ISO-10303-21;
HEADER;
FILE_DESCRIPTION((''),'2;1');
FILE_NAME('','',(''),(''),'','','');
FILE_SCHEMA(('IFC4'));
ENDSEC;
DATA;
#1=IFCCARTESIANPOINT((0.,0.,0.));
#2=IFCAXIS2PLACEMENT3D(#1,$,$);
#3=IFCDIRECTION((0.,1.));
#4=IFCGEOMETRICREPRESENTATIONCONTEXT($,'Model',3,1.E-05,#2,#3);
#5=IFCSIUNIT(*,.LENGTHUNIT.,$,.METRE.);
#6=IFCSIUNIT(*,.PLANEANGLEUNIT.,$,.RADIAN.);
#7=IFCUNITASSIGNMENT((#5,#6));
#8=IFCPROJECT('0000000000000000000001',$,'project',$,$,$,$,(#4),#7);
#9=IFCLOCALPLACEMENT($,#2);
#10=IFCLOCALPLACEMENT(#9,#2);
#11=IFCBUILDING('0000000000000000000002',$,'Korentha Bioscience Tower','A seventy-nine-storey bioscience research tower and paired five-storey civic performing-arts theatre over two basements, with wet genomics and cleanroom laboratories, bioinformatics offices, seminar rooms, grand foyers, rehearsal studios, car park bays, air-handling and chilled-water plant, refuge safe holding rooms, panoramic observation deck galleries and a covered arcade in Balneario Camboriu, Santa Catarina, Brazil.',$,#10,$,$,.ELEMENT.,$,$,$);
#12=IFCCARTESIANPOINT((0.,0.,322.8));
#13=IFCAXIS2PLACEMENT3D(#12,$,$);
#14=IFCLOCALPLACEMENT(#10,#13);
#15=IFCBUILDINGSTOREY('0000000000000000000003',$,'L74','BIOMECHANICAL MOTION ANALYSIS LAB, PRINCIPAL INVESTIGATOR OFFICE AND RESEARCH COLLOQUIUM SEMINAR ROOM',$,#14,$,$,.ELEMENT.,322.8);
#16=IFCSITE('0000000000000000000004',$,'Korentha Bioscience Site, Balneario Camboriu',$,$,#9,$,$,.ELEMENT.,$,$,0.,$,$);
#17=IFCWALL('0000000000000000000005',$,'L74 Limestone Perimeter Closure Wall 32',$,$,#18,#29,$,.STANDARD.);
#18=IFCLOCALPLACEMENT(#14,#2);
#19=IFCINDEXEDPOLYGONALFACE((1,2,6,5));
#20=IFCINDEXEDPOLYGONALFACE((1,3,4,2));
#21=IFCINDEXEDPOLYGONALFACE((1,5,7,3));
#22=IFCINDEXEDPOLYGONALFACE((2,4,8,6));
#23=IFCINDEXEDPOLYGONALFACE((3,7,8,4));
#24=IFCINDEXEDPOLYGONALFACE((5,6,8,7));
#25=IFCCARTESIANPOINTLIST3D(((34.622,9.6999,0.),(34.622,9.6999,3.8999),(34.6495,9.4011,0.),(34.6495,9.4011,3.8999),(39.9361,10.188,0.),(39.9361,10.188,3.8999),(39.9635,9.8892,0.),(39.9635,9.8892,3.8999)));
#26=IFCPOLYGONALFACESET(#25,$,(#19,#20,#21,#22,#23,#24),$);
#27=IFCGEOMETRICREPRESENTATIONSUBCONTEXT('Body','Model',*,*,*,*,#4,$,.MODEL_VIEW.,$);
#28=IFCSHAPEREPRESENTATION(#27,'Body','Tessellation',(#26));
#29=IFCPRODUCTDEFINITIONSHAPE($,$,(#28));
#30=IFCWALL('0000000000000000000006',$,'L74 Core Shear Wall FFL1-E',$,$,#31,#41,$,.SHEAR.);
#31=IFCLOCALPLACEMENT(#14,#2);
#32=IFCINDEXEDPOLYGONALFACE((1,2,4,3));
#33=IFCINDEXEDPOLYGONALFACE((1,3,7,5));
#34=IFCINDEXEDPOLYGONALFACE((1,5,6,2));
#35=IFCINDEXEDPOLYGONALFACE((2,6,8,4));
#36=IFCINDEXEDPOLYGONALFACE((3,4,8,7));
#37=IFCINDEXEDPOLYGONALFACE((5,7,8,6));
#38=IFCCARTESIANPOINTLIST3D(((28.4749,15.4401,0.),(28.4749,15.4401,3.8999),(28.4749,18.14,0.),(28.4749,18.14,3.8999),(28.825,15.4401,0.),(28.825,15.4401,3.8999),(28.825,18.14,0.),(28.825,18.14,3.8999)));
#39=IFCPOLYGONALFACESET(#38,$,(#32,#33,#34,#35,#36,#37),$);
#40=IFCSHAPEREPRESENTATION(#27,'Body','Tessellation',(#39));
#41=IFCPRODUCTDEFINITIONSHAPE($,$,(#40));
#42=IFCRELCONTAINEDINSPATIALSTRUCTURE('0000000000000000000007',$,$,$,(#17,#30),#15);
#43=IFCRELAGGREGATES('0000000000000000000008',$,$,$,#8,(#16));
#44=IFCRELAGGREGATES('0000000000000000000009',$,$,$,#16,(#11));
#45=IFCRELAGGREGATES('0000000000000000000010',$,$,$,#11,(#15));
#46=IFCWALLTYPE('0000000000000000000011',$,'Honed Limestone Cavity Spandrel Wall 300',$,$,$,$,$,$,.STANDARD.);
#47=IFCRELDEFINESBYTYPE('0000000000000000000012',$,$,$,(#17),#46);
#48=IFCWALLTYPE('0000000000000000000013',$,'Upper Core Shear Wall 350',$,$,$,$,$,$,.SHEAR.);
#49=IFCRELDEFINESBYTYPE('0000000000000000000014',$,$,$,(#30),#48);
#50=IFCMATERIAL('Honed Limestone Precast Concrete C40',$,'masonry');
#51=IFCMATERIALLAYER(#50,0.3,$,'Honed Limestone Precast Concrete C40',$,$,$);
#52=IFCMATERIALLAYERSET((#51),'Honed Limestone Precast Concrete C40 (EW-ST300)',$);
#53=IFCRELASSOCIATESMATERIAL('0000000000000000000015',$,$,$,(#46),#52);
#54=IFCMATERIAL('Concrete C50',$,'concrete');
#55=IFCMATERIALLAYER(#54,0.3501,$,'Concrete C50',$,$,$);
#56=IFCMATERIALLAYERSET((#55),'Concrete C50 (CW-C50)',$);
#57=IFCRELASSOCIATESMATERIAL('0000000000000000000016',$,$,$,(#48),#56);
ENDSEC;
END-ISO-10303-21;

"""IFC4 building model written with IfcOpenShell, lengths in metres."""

from ifc_helpers import new_model, si_unit, direction, frame, frame_2d, origin, place, context, subcontext, project, spatial, rectangle, extrude, material, layer, layer_set, type_object, element, save


model = new_model("IFC4")

# Units and contexts
model_context = context("Model", 3, precision=1e-05, world=origin(), true_north=direction((0.0, 1.0)))
body_context = subcontext(model_context, "Body", "Model", "MODEL_VIEW")
ifc_project = project(units=[si_unit("LENGTHUNIT", "METRE"), si_unit("PLANEANGLEUNIT", "RADIAN")], contexts=[model_context])

# Site, building, storey
site_placement = place(None, origin())
site = spatial("IfcSite", under=ifc_project, at=site_placement, Name="Korentha Bioscience Site, Balneario Camboriu", CompositionType="ELEMENT", RefElevation=0.0)
building_placement = place(site_placement, origin())
building = spatial("IfcBuilding", under=site, at=building_placement, Name="Korentha Bioscience Tower", Description="A seventy-nine-storey bioscience research tower and paired five-storey civic performing-arts theatre over two basements, with wet genomics and cleanroom laboratories, bioinformatics offices, seminar rooms, grand foyers, rehearsal studios, car park bays, air-handling and chilled-water plant, refuge safe holding rooms, panoramic observation deck galleries and a covered arcade in Balneario Camboriu, Santa Catarina, Brazil.", CompositionType="ELEMENT")
storey_placement = place(building_placement, frame((0.0, 0.0, 322.8)))
storey = spatial("IfcBuildingStorey", under=building, at=storey_placement, Name="L74", Description="BIOMECHANICAL MOTION ANALYSIS LAB, PRINCIPAL INVESTIGATOR OFFICE AND RESEARCH COLLOQUIUM SEMINAR ROOM", CompositionType="ELEMENT", Elevation=322.8)

# Shared definitions
ifc_material_1 = material(Name="Concrete C50", Category="concrete")

# Wall
ifc_material_2 = material(Name="Honed Limestone Precast Concrete C40", Category="masonry")
ifc_layer_1 = layer(ifc_material_2, 0.3, Name="Honed Limestone Precast Concrete C40")
ifc_layer_set_1 = layer_set([ifc_layer_1], Name="Honed Limestone Precast Concrete C40 (EW-ST300)")
wall_type_1 = type_object("IfcWallType", Name="Honed Limestone Cavity Spandrel Wall 300", PredefinedType="STANDARD", material=ifc_layer_set_1)
wall_1_placement = place(storey_placement, frame((34.6357, 9.5505, 0.0), z_axis=(0.0, 0.0, 1.0), x_axis=(0.995809, 0.091456, 0.0)))
element("IfcWall", 1, at=wall_1_placement, inside=storey, type_object=wall_type_1, Name="L74 Limestone Perimeter Closure Wall 32", PredefinedType="STANDARD", context=body_context, shape_type="SweptSolid", body=[
    extrude(rectangle(XDim=5.3364, YDim=0.3, at=frame_2d((2.6682, 0.0))), origin(), (0.0, 0.0, 1.0), 3.8999),
])

# Shared definitions
ifc_layer_2 = layer(ifc_material_1, 0.3501, Name="Concrete C50")
ifc_layer_set_2 = layer_set([ifc_layer_2], Name="Concrete C50 (CW-C50)")
wall_type_2 = type_object("IfcWallType", Name="Upper Core Shear Wall 350", PredefinedType="SHEAR", material=ifc_layer_set_2)

# Wall
wall_2_placement = place(storey_placement, frame((28.6499, 15.4399, 0.0), z_axis=(0.0, 0.0, 1.0), x_axis=(0.0, 1.0, 0.0)))
element("IfcWall", 2, at=wall_2_placement, inside=storey, type_object=wall_type_2, Name="L74 Core Shear Wall FFL1-E", PredefinedType="SHEAR", context=body_context, shape_type="SweptSolid", body=[
    extrude(rectangle(XDim=2.7, YDim=0.3501, at=frame_2d((1.3501, 0.0))), origin(), (0.0, 0.0, 1.0), 3.8999),
])

save(model, "model.ifc")
